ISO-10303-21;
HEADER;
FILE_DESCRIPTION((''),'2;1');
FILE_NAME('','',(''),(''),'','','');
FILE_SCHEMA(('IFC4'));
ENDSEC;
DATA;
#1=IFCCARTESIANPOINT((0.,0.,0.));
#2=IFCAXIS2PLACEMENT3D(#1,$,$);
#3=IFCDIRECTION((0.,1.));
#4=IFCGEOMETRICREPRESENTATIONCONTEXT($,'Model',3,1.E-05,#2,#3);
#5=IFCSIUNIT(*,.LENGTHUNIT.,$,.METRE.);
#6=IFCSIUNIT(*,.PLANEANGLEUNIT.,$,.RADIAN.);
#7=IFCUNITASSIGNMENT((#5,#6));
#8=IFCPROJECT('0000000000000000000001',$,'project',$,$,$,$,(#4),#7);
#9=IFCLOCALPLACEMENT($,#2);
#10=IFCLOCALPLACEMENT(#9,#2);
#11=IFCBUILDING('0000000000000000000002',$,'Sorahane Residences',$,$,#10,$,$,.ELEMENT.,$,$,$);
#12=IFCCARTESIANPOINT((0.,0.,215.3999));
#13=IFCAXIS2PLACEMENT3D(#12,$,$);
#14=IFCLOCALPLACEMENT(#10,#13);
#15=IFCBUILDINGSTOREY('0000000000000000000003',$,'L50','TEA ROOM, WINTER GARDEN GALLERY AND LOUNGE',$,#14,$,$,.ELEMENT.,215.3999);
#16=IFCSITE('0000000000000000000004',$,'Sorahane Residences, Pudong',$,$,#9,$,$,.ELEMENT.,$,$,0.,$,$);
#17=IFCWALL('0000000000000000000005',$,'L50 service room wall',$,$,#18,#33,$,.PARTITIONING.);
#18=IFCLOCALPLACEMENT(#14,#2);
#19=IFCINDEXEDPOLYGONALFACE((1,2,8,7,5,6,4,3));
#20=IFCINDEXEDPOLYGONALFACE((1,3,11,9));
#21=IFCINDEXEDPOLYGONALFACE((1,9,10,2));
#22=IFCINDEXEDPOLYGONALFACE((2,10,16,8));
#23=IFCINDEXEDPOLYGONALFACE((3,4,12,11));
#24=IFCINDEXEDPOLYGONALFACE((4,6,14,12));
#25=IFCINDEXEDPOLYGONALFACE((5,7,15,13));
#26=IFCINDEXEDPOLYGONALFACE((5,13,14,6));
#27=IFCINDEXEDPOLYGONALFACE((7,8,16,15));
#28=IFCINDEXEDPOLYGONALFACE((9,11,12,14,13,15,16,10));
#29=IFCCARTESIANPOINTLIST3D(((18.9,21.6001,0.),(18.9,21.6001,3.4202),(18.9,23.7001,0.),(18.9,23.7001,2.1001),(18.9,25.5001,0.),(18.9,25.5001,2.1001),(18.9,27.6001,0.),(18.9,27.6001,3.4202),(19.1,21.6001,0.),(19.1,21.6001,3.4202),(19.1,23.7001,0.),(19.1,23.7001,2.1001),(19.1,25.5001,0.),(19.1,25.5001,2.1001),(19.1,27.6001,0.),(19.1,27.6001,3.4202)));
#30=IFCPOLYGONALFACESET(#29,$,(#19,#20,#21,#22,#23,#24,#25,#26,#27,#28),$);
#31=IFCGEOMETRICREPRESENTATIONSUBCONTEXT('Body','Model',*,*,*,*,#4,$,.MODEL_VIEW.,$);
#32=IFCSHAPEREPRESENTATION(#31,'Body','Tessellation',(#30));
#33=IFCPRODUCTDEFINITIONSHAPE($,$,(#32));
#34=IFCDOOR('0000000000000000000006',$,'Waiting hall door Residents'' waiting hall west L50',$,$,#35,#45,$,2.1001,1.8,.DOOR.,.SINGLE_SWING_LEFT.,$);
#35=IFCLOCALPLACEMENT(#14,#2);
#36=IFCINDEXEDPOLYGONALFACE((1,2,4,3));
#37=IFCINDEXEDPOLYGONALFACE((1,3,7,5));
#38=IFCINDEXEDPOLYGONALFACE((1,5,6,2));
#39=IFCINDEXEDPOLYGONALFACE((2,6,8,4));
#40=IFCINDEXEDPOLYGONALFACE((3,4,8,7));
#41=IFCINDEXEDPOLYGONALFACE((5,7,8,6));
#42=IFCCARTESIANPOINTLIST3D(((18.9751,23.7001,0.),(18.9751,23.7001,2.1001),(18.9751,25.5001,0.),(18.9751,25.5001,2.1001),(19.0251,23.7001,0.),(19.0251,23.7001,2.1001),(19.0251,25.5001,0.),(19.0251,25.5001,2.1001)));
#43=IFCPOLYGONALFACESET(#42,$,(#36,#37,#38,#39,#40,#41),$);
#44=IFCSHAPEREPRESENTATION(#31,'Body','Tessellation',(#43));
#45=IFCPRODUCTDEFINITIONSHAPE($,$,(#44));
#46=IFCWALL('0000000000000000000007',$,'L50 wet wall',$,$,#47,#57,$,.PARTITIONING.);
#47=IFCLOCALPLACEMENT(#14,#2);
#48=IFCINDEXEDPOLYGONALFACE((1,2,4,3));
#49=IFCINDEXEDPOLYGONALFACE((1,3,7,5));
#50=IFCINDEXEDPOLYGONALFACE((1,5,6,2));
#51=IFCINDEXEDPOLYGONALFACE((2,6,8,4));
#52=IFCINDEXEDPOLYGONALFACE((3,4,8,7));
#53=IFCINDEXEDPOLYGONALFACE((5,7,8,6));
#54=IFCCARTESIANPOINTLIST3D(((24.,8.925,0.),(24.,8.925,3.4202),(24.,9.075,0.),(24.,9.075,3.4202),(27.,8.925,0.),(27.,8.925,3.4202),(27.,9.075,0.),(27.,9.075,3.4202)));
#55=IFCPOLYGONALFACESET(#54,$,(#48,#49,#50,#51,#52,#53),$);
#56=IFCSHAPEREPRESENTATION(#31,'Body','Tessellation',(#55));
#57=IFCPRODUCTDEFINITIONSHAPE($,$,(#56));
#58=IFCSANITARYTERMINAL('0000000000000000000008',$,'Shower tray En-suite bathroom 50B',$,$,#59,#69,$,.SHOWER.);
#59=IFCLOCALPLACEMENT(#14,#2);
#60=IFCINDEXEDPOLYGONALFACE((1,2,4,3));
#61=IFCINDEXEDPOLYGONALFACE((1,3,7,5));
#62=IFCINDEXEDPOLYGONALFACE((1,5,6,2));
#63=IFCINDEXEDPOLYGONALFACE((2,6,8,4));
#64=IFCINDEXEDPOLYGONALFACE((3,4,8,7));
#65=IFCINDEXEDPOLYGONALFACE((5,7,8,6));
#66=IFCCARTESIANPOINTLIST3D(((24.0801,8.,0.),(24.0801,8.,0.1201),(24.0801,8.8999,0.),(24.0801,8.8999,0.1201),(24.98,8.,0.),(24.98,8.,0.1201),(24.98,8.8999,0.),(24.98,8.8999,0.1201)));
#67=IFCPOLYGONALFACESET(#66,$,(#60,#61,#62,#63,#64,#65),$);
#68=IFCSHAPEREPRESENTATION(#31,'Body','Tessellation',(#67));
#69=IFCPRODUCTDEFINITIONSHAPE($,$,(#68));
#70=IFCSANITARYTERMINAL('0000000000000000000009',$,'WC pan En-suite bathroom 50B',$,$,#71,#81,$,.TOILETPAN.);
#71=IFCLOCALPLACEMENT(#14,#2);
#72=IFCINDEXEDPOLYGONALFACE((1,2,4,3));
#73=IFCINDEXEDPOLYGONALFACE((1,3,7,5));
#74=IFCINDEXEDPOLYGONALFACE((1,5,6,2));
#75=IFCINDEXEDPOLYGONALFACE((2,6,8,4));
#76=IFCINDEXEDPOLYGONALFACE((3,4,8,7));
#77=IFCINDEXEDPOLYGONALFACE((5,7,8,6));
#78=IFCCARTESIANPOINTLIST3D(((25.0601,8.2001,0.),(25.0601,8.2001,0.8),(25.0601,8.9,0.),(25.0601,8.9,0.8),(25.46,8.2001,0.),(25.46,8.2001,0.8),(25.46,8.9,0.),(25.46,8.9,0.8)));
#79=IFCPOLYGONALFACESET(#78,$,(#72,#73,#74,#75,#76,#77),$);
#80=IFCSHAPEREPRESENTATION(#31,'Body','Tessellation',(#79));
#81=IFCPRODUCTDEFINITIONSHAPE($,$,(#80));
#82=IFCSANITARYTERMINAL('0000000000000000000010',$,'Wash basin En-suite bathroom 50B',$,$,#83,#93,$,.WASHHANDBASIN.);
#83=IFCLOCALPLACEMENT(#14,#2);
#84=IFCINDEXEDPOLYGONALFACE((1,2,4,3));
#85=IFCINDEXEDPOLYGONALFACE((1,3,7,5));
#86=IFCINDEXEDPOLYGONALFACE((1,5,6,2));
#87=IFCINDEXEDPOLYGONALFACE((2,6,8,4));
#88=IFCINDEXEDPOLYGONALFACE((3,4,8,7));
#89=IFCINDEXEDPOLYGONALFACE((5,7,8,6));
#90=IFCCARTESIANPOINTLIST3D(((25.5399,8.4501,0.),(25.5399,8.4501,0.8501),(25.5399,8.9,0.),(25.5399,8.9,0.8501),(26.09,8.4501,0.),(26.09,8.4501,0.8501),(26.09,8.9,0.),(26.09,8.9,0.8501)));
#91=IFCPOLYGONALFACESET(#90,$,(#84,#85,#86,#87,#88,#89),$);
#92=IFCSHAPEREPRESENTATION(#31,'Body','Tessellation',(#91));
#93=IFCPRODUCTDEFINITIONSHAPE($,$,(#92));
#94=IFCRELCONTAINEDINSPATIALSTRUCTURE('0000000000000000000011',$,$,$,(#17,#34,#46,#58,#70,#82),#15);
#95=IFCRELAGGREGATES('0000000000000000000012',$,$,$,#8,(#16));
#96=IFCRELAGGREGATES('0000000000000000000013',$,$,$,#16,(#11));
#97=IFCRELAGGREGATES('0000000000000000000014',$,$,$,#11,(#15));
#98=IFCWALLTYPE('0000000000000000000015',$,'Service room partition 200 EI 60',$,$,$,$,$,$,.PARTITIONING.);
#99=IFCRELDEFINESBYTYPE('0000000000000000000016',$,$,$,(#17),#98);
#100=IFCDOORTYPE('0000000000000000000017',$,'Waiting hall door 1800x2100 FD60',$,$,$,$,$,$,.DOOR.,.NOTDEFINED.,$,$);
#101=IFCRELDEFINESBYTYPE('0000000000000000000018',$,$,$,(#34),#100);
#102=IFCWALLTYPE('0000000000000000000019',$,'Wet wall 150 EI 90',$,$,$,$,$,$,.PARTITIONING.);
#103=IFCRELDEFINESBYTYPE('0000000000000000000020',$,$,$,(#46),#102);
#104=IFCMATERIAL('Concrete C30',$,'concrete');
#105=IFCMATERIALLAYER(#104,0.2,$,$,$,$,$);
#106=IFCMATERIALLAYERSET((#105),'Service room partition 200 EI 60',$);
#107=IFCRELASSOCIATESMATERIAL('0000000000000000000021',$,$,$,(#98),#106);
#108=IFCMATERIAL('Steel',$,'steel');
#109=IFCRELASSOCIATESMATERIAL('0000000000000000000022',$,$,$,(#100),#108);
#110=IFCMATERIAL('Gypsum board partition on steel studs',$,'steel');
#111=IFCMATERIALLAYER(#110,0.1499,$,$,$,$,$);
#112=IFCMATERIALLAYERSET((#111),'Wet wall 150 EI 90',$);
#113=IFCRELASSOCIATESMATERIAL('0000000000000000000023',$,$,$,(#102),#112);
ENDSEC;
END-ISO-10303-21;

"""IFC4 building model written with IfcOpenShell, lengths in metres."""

from ifc_helpers import new_model, si_unit, direction, frame, frame_2d, origin, origin_2d, place, context, subcontext, project, spatial, rectangle, extrude, material, layer, layer_set, type_object, element, fill, save


model = new_model("IFC4")

# Units and contexts
model_context = context("Model", 3, precision=1e-05, world=origin(), true_north=direction((0.0, 1.0)))
body_context = subcontext(model_context, "Body", "Model", "MODEL_VIEW")
ifc_project = project(units=[si_unit("LENGTHUNIT", "METRE"), si_unit("PLANEANGLEUNIT", "RADIAN")], contexts=[model_context])

# Site, building, storey
site_placement = place(None, origin())
site = spatial("IfcSite", under=ifc_project, at=site_placement, Name="Sorahane Residences, Pudong", CompositionType="ELEMENT", RefElevation=0.0)
building_placement = place(site_placement, origin())
building = spatial("IfcBuilding", under=site, at=building_placement, Name="Sorahane Residences", CompositionType="ELEMENT")
storey_placement = place(building_placement, frame((0.0, 0.0, 215.3999)))
storey = spatial("IfcBuildingStorey", under=building, at=storey_placement, Name="L50", Description="TEA ROOM, WINTER GARDEN GALLERY AND LOUNGE", CompositionType="ELEMENT", Elevation=215.3999)

# Wall, opening, door
ifc_material_1 = material(Name="Concrete C30", Category="concrete")
ifc_layer_1 = layer(ifc_material_1, 0.2)
ifc_layer_set_1 = layer_set([ifc_layer_1], Name="Service room partition 200 EI 60")
wall_type_1 = type_object("IfcWallType", Name="Service room partition 200 EI 60", PredefinedType="PARTITIONING", material=ifc_layer_set_1)
wall_1_placement = place(storey_placement, frame((19.0, 21.6001, 0.0), z_axis=(0.0, 0.0, 1.0), x_axis=(0.0, 1.0, 0.0)))
wall_1 = element("IfcWall", 1, at=wall_1_placement, inside=storey, type_object=wall_type_1, Name="L50 service room wall", PredefinedType="PARTITIONING", context=body_context, shape_type="SweptSolid", body=[
    extrude(rectangle(XDim=6.0, YDim=0.2, at=frame_2d((3.0, 0.0))), origin(), (0.0, 0.0, 1.0), 3.4202),
])
opening_1_placement = place(wall_1_placement, frame((2.1001, 0.0, 0.0)))
opening_1 = element("IfcOpeningElement", 2, at=opening_1_placement, cuts=wall_1, PredefinedType="OPENING", context=body_context, shape_type="SweptSolid", body=[
    extrude(rectangle(XDim=1.8, YDim=2.1001, at=frame_2d((0.8999, 1.05))), frame((0.0, 0.1099, 0.0), z_axis=(0.0, -1.0, 0.0), x_axis=(1.0, 0.0, 0.0)), (0.0, 0.0, 1.0), 0.22),
])
ifc_material_2 = material(Name="Steel", Category="steel")
door_type_1 = type_object("IfcDoorType", Name="Waiting hall door 1800x2100 FD60", OperationType="NOTDEFINED", PredefinedType="DOOR", material=ifc_material_2)
door_1_placement = place(opening_1_placement, origin())
door_1 = element("IfcDoor", 3, at=door_1_placement, inside=storey, type_object=door_type_1, Name="Waiting hall door Residents' waiting hall west L50", OperationType="SINGLE_SWING_LEFT", OverallHeight=2.1001, OverallWidth=1.8, PredefinedType="DOOR", context=body_context, shape_type="SweptSolid", body=[
    extrude(rectangle(XDim=1.8, YDim=2.1001, at=frame_2d((0.8999, 1.05))), frame((0.0, 0.0249, 0.0), z_axis=(0.0, -1.0, 0.0), x_axis=(1.0, 0.0, 0.0)), (0.0, 0.0, 1.0), 0.05),
])
fill(opening_1, door_1)

# Wall
ifc_material_3 = material(Name="Gypsum board partition on steel studs", Category="steel")
ifc_layer_2 = layer(ifc_material_3, 0.1499)
ifc_layer_set_2 = layer_set([ifc_layer_2], Name="Wet wall 150 EI 90")
wall_type_2 = type_object("IfcWallType", Name="Wet wall 150 EI 90", PredefinedType="PARTITIONING", material=ifc_layer_set_2)
wall_2_placement = place(storey_placement, frame((24.0, 9.0, 0.0), z_axis=(0.0, 0.0, 1.0), x_axis=(1.0, 0.0, 0.0)))
element("IfcWall", 4, at=wall_2_placement, inside=storey, type_object=wall_type_2, Name="L50 wet wall", PredefinedType="PARTITIONING", context=body_context, shape_type="SweptSolid", body=[
    extrude(rectangle(XDim=3.0, YDim=0.1499, at=frame_2d((1.5, 0.0))), origin(), (0.0, 0.0, 1.0), 3.4202),
])

# Sanitary terminals
sanitary_terminal_1_placement = place(storey_placement, frame((24.53, 8.45, 0.0), z_axis=(0.0, 0.0, 1.0), x_axis=(1.0, 0.0, 0.0)))
element("IfcSanitaryTerminal", 5, at=sanitary_terminal_1_placement, inside=storey, Name="Shower tray En-suite bathroom 50B", PredefinedType="SHOWER", context=body_context, shape_type="SweptSolid", body=[
    extrude(rectangle(XDim=0.8999, YDim=0.8999, at=origin_2d()), origin(), (0.0, 0.0, 1.0), 0.1201),
])
sanitary_terminal_2_placement = place(storey_placement, frame((25.26, 8.55, 0.0), z_axis=(0.0, 0.0, 1.0), x_axis=(1.0, 0.0, 0.0)))
element("IfcSanitaryTerminal", 6, at=sanitary_terminal_2_placement, inside=storey, Name="WC pan En-suite bathroom 50B", PredefinedType="TOILETPAN", context=body_context, shape_type="SweptSolid", body=[
    extrude(rectangle(XDim=0.3999, YDim=0.7, at=origin_2d()), origin(), (0.0, 0.0, 1.0), 0.8),
])
sanitary_terminal_3_placement = place(storey_placement, frame((25.8149, 8.675, 0.0), z_axis=(0.0, 0.0, 1.0), x_axis=(1.0, 0.0, 0.0)))
element("IfcSanitaryTerminal", 7, at=sanitary_terminal_3_placement, inside=storey, Name="Wash basin En-suite bathroom 50B", PredefinedType="WASHHANDBASIN", context=body_context, shape_type="SweptSolid", body=[
    extrude(rectangle(XDim=0.55, YDim=0.45, at=origin_2d()), origin(), (0.0, 0.0, 1.0), 0.8501),
])

save(model, "model.ifc")
